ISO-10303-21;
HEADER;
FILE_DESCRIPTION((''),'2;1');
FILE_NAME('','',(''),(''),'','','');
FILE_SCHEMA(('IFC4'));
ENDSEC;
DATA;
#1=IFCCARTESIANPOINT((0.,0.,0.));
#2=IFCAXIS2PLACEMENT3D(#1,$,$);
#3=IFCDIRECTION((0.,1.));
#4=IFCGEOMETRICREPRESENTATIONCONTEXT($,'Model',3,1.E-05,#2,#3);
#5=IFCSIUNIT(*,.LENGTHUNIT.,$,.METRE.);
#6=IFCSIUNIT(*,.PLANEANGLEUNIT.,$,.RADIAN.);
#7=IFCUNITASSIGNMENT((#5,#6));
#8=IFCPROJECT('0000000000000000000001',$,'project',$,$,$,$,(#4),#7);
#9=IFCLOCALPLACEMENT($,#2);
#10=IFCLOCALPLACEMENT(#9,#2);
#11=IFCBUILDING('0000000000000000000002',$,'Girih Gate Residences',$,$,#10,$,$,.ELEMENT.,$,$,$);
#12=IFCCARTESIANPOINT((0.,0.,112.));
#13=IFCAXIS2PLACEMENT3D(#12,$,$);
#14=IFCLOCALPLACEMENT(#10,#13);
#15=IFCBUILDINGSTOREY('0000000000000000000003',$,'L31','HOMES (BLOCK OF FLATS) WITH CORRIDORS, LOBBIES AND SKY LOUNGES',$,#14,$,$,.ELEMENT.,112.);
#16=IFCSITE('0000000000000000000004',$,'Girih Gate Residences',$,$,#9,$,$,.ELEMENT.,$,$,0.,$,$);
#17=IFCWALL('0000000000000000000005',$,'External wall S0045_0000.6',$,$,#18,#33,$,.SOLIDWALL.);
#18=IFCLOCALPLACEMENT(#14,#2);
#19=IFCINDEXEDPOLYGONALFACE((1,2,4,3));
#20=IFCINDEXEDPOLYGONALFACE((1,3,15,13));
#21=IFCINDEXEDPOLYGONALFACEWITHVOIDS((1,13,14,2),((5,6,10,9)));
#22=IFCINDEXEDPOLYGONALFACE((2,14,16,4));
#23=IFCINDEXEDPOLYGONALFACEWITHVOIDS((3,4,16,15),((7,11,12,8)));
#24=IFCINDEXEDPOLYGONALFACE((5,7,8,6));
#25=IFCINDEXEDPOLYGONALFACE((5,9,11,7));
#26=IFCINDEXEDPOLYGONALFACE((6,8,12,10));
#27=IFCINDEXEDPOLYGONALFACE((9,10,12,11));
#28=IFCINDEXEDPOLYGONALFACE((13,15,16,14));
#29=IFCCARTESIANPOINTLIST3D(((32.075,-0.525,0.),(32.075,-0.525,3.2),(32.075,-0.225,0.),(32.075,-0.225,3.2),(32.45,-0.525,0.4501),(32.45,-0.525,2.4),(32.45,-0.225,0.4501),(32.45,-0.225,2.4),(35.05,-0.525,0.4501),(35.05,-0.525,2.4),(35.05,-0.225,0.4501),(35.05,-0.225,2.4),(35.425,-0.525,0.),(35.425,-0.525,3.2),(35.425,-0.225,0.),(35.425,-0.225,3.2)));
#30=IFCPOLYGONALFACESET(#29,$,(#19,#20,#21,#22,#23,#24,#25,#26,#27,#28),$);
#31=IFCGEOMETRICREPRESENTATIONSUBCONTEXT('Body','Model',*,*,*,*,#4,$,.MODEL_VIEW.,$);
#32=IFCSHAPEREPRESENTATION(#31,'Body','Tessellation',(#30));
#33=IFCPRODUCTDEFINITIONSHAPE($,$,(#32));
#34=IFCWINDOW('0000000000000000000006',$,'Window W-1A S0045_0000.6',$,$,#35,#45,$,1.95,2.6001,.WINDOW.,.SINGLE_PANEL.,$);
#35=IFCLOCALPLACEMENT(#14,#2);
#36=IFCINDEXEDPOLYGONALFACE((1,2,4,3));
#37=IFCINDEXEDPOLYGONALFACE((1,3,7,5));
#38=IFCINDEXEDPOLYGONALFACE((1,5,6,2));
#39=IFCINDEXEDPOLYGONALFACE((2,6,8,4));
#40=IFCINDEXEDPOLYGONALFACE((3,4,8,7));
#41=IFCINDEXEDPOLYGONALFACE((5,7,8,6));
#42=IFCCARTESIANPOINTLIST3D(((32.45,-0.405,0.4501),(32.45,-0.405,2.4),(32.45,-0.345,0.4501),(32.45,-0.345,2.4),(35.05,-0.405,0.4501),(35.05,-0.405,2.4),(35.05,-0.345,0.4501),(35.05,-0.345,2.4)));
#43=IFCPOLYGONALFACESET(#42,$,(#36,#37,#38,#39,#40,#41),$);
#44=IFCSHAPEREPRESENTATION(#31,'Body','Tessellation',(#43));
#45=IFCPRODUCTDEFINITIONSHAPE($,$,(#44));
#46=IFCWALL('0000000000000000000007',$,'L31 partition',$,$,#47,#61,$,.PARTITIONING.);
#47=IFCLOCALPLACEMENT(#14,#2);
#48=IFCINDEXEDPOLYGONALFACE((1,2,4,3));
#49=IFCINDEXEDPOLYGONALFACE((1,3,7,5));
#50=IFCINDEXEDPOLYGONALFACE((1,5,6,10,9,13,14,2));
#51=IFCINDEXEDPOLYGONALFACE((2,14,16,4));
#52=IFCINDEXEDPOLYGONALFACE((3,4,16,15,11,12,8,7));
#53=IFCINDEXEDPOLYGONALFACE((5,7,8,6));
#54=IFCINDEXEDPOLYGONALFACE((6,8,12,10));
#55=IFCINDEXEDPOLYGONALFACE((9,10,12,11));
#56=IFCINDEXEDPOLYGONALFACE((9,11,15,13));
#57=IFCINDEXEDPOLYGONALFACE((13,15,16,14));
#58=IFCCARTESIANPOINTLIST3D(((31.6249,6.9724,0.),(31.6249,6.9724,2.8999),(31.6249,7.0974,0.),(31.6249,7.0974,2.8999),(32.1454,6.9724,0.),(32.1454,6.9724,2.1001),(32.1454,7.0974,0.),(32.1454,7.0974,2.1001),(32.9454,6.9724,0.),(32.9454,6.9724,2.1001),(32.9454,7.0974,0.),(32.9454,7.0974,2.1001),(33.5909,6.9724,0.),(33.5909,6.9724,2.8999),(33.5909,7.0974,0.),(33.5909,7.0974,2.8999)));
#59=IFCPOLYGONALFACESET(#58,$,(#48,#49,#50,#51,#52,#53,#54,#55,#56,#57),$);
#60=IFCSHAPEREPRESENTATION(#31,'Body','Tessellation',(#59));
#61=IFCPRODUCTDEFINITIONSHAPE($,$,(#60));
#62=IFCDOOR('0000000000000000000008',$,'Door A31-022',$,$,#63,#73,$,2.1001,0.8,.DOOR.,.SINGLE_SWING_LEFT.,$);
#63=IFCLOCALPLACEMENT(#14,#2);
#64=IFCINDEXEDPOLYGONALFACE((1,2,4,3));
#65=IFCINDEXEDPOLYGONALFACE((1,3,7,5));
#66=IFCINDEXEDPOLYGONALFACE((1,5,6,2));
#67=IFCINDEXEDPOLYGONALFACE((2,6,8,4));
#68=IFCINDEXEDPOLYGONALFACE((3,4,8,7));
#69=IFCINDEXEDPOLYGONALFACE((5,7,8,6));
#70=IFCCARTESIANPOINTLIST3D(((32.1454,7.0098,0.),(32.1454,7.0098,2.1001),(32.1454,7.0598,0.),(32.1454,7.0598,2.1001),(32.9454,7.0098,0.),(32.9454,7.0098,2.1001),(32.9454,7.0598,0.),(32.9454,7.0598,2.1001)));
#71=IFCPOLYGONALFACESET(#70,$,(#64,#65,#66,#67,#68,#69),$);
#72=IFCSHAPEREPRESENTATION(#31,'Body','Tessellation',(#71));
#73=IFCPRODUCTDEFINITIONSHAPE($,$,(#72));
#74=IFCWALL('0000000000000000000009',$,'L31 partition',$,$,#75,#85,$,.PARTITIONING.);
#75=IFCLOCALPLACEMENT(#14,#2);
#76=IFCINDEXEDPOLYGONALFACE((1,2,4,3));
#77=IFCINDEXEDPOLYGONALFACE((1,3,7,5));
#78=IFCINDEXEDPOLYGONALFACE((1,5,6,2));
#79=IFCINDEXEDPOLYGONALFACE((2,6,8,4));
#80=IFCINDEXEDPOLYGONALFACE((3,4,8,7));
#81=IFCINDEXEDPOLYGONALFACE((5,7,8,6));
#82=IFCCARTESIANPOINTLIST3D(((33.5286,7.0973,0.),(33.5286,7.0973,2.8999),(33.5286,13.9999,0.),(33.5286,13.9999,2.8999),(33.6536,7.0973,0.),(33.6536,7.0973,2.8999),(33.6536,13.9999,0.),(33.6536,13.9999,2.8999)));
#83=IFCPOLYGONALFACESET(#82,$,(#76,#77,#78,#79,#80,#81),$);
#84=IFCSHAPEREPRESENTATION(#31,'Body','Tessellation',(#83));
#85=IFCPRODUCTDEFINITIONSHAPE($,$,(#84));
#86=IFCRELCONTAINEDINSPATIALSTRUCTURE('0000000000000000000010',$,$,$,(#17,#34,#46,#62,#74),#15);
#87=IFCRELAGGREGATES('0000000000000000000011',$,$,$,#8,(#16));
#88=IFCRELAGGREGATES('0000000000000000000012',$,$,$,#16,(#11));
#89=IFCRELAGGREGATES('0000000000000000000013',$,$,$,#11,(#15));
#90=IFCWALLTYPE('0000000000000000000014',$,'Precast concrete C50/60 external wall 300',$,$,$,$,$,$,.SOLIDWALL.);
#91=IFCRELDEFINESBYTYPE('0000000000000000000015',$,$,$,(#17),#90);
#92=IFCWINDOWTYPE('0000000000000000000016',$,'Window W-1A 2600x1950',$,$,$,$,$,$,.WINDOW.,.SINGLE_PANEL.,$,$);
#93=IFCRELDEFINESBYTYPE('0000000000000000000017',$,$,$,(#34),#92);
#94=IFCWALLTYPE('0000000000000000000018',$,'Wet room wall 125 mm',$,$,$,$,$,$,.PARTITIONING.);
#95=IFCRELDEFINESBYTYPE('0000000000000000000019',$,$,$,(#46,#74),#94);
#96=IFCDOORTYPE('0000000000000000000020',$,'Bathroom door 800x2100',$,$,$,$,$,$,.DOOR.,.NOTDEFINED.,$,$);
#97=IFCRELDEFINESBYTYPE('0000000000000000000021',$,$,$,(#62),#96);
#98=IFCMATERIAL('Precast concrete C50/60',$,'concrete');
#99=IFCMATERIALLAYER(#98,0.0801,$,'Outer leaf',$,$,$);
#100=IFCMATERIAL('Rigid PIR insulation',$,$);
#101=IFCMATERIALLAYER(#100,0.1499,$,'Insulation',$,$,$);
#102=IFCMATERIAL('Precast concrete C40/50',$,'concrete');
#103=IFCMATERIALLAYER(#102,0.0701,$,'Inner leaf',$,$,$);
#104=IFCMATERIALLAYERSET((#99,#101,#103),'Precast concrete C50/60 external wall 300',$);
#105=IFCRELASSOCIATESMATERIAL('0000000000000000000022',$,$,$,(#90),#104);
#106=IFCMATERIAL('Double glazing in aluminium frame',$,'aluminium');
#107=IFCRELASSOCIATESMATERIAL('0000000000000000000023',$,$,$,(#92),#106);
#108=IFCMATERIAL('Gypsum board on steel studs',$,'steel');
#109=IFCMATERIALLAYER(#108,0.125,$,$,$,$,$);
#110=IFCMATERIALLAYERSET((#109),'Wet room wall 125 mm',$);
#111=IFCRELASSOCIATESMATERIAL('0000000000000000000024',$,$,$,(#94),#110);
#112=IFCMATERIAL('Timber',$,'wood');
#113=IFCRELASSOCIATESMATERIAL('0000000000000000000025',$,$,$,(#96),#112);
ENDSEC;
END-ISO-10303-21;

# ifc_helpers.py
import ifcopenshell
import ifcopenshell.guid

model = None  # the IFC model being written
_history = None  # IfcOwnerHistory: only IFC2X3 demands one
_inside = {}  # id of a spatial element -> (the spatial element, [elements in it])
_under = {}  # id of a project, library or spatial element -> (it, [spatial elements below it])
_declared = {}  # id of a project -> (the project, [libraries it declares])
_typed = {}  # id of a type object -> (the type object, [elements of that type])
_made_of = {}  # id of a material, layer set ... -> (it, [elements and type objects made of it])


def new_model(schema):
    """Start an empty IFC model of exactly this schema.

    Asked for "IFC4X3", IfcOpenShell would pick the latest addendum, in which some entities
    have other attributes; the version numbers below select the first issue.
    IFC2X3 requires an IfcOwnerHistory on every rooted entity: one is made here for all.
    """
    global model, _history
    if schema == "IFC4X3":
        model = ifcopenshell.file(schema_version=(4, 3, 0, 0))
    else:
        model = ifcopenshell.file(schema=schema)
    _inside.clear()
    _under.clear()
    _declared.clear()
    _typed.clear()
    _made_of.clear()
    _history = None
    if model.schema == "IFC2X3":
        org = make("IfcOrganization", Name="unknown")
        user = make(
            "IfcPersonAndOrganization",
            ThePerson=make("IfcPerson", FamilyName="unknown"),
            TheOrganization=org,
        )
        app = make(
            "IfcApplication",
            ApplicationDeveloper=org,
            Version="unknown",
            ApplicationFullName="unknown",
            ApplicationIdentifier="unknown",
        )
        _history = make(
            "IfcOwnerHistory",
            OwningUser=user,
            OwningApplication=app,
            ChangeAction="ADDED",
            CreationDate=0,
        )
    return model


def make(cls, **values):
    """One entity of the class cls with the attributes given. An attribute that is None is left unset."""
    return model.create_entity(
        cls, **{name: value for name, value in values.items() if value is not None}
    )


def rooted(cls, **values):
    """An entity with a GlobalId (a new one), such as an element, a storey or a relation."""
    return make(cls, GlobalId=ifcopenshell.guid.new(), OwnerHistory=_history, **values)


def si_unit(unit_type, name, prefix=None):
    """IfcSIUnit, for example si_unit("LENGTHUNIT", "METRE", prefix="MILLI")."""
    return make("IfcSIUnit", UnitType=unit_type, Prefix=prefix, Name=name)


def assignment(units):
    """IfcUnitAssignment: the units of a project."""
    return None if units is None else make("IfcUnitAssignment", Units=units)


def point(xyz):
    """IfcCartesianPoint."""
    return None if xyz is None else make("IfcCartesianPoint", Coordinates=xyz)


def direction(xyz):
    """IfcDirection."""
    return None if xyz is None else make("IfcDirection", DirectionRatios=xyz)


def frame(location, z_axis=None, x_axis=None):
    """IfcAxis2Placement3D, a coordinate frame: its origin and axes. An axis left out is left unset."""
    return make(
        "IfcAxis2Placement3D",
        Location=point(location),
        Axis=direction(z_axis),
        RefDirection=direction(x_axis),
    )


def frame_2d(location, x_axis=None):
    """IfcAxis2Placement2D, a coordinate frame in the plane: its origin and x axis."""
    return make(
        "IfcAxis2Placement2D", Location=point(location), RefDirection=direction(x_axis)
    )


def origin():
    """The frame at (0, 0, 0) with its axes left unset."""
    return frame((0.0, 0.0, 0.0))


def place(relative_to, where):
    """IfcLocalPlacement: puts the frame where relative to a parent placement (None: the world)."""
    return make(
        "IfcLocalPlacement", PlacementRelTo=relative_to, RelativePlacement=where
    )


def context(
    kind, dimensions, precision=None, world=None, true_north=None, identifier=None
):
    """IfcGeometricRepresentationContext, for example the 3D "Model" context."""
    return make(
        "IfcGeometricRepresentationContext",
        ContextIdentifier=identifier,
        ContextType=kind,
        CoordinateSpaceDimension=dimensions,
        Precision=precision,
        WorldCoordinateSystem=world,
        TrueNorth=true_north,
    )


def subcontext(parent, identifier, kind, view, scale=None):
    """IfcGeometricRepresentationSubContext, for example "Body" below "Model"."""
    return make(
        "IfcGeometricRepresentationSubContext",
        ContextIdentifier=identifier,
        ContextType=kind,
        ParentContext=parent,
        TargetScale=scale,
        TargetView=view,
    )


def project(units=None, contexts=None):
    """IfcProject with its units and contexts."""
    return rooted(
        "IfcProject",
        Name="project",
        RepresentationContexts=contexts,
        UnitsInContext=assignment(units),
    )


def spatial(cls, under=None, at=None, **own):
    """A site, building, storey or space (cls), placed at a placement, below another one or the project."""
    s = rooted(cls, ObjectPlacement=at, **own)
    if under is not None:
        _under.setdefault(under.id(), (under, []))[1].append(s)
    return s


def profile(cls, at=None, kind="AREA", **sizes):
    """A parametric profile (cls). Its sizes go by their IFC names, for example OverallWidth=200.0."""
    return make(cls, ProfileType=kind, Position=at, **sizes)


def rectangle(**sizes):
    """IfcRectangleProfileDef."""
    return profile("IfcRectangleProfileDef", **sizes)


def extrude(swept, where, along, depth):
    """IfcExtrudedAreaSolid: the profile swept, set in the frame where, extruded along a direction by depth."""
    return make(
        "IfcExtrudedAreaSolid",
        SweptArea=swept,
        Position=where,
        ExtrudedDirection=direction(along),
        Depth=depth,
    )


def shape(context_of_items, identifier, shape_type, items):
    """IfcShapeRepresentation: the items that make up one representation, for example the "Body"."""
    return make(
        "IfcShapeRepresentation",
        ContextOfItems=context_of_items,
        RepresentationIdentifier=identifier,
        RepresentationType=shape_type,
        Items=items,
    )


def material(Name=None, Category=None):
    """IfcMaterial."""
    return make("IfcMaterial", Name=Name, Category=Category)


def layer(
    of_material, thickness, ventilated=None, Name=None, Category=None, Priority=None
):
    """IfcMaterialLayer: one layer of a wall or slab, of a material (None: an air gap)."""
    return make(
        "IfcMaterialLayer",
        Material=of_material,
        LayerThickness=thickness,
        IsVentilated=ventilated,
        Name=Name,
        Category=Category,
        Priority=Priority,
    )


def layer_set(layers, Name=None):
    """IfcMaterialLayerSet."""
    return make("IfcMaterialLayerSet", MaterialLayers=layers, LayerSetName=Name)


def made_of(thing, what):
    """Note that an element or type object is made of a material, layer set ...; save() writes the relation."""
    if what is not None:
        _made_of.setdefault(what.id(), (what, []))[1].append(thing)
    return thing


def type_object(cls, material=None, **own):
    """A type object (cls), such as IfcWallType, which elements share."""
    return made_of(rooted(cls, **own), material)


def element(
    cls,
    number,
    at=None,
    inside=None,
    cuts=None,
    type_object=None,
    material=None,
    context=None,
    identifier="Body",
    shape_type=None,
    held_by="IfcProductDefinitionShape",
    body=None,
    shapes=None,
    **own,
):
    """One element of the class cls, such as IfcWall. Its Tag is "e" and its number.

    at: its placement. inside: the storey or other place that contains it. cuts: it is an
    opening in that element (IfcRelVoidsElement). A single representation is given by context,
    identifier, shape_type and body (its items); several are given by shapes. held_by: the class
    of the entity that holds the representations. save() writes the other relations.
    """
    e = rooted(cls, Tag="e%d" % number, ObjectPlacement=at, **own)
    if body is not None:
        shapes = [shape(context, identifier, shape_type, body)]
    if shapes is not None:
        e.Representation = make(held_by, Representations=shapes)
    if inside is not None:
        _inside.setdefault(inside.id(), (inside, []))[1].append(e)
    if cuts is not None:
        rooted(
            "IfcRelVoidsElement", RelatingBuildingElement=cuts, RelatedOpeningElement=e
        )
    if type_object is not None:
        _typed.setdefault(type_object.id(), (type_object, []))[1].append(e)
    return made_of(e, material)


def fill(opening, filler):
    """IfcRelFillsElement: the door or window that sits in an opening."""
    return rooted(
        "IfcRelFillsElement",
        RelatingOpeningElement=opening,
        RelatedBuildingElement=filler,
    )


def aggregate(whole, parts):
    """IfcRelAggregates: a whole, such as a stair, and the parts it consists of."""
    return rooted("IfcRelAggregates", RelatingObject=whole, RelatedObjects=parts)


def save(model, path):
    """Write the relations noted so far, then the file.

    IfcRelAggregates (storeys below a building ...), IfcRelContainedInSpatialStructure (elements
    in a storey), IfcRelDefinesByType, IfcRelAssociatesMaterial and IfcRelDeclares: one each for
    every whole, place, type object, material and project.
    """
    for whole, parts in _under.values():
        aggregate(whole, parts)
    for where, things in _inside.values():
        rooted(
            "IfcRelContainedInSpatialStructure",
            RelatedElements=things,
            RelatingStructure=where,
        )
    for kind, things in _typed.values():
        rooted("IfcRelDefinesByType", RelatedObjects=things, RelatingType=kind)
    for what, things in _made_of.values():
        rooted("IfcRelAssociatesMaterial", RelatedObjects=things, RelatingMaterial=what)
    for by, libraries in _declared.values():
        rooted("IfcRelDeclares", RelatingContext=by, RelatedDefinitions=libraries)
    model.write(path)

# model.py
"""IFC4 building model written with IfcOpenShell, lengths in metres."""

from ifc_helpers import new_model, si_unit, direction, frame, frame_2d, origin, place, context, subcontext, project, spatial, rectangle, extrude, material, layer, layer_set, type_object, element, fill, save


model = new_model("IFC4")

# Units and contexts
model_context = context("Model", 3, precision=1e-05, world=origin(), true_north=direction((0.0, 1.0)))
body_context = subcontext(model_context, "Body", "Model", "MODEL_VIEW")
ifc_project = project(units=[si_unit("LENGTHUNIT", "METRE"), si_unit("PLANEANGLEUNIT", "RADIAN")], contexts=[model_context])

# Site, building, storey
site_placement = place(None, origin())
site = spatial("IfcSite", under=ifc_project, at=site_placement, Name="Girih Gate Residences", CompositionType="ELEMENT", RefElevation=0.0)
building_placement = place(site_placement, origin())
building = spatial("IfcBuilding", under=site, at=building_placement, Name="Girih Gate Residences", CompositionType="ELEMENT")
storey_placement = place(building_placement, frame((0.0, 0.0, 112.0)))
storey = spatial("IfcBuildingStorey", under=building, at=storey_placement, Name="L31", Description="HOMES (BLOCK OF FLATS) WITH CORRIDORS, LOBBIES AND SKY LOUNGES", CompositionType="ELEMENT", Elevation=112.0)

# Shared definitions
ifc_material_1 = material(Name="Gypsum board on steel studs", Category="steel")

# Shared definitions
ifc_material_2 = material(Name="Timber", Category="wood")

# Wall, opening, window
ifc_material_3 = material(Name="Precast concrete C50/60", Category="concrete")
ifc_layer_1 = layer(ifc_material_3, 0.0801, Name="Outer leaf")
ifc_material_4 = material(Name="Rigid PIR insulation")
ifc_layer_2 = layer(ifc_material_4, 0.1499, Name="Insulation")
ifc_material_5 = material(Name="Precast concrete C40/50", Category="concrete")
ifc_layer_3 = layer(ifc_material_5, 0.0701, Name="Inner leaf")
ifc_layer_set_1 = layer_set([ifc_layer_1, ifc_layer_2, ifc_layer_3], Name="Precast concrete C50/60 external wall 300")
wall_type_1 = type_object("IfcWallType", Name="Precast concrete C50/60 external wall 300", PredefinedType="SOLIDWALL", material=ifc_layer_set_1)
ifc_material_6 = material(Name="Double glazing in aluminium frame", Category="aluminium")
window_type = type_object("IfcWindowType", Name="Window W-1A 2600x1950", PartitioningType="SINGLE_PANEL", PredefinedType="WINDOW", material=ifc_material_6)
wall_1_placement = place(storey_placement, frame((35.425, -0.375, 0.0), z_axis=(0.0, 0.0, 1.0), x_axis=(-1.0, 0.0, 0.0)))
wall_1 = element("IfcWall", 1, at=wall_1_placement, inside=storey, type_object=wall_type_1, Name="External wall S0045_0000.6", PredefinedType="SOLIDWALL", context=body_context, shape_type="SweptSolid", body=[
    extrude(rectangle(XDim=3.3501, YDim=0.3, at=frame_2d((1.675, 0.0))), origin(), (0.0, 0.0, 1.0), 3.2),
])
opening_1_placement = place(wall_1_placement, frame((0.375, 0.0, 0.45)))
opening_1 = element("IfcOpeningElement", 2, at=opening_1_placement, cuts=wall_1, PredefinedType="OPENING", context=body_context, shape_type="SweptSolid", body=[
    extrude(rectangle(XDim=2.6001, YDim=1.95, at=frame_2d((1.3, 0.9751))), frame((0.0, 0.1599, 0.0), z_axis=(0.0, -1.0, 0.0), x_axis=(1.0, 0.0, 0.0)), (0.0, 0.0, 1.0), 0.3201),
])
window_1_placement = place(opening_1_placement, origin())
window_1 = element("IfcWindow", 3, at=window_1_placement, inside=storey, type_object=window_type, Name="Window W-1A S0045_0000.6", OverallHeight=1.95, OverallWidth=2.6001, PartitioningType="SINGLE_PANEL", PredefinedType="WINDOW", context=body_context, shape_type="SweptSolid", body=[
    extrude(rectangle(XDim=2.6001, YDim=1.95, at=frame_2d((1.3, 0.9751))), frame((0.0, 0.03, 0.0), z_axis=(0.0, -1.0, 0.0), x_axis=(1.0, 0.0, 0.0)), (0.0, 0.0, 1.0), 0.0601),
])
fill(opening_1, window_1)

# Wall, opening, door
ifc_layer_4 = layer(ifc_material_1, 0.125)
ifc_layer_set_2 = layer_set([ifc_layer_4], Name="Wet room wall 125 mm")
wall_type_2 = type_object("IfcWallType", Name="Wet room wall 125 mm", PredefinedType="PARTITIONING", material=ifc_layer_set_2)
wall_2_placement = place(storey_placement, frame((31.625, 7.0349, 0.0), z_axis=(0.0, 0.0, 1.0), x_axis=(1.0, 0.0, 0.0)))
wall_2 = element("IfcWall", 4, at=wall_2_placement, inside=storey, type_object=wall_type_2, Name="L31 partition", PredefinedType="PARTITIONING", context=body_context, shape_type="SweptSolid", body=[
    extrude(rectangle(XDim=1.9661, YDim=0.125, at=frame_2d((0.9829, 0.0))), origin(), (0.0, 0.0, 1.0), 2.8999),
])
opening_2_placement = place(wall_2_placement, frame((0.5205, 0.0, 0.0)))
opening_2 = element("IfcOpeningElement", 5, at=opening_2_placement, cuts=wall_2, PredefinedType="OPENING", context=body_context, shape_type="SweptSolid", body=[
    extrude(rectangle(XDim=0.8, YDim=2.1001, at=frame_2d((0.3999, 1.05))), frame((0.0, 0.0725, 0.0), z_axis=(0.0, -1.0, 0.0), x_axis=(1.0, 0.0, 0.0)), (0.0, 0.0, 1.0), 0.145),
])
door_type_1 = type_object("IfcDoorType", Name="Bathroom door 800x2100", OperationType="NOTDEFINED", PredefinedType="DOOR", material=ifc_material_2)
door_1_placement = place(opening_2_placement, origin())
door_1 = element("IfcDoor", 6, at=door_1_placement, inside=storey, type_object=door_type_1, Name="Door A31-022", OperationType="SINGLE_SWING_LEFT", OverallHeight=2.1001, OverallWidth=0.8, PredefinedType="DOOR", context=body_context, shape_type="SweptSolid", body=[
    extrude(rectangle(XDim=0.8, YDim=2.1001, at=frame_2d((0.3999, 1.05))), frame((0.0, 0.0249, 0.0), z_axis=(0.0, -1.0, 0.0), x_axis=(1.0, 0.0, 0.0)), (0.0, 0.0, 1.0), 0.05),
])
fill(opening_2, door_1)

# Wall
wall_3_placement = place(storey_placement, frame((33.5911, 7.0974, 0.0), z_axis=(0.0, 0.0, 1.0), x_axis=(0.0, 1.0, 0.0)))
element("IfcWall", 7, at=wall_3_placement, inside=storey, type_object=wall_type_2, Name="L31 partition", PredefinedType="PARTITIONING", context=body_context, shape_type="SweptSolid", body=[
    extrude(rectangle(XDim=6.9026, YDim=0.125, at=frame_2d((3.4512, 0.0))), origin(), (0.0, 0.0, 1.0), 2.8999),
])

save(model, "model.ifc")
